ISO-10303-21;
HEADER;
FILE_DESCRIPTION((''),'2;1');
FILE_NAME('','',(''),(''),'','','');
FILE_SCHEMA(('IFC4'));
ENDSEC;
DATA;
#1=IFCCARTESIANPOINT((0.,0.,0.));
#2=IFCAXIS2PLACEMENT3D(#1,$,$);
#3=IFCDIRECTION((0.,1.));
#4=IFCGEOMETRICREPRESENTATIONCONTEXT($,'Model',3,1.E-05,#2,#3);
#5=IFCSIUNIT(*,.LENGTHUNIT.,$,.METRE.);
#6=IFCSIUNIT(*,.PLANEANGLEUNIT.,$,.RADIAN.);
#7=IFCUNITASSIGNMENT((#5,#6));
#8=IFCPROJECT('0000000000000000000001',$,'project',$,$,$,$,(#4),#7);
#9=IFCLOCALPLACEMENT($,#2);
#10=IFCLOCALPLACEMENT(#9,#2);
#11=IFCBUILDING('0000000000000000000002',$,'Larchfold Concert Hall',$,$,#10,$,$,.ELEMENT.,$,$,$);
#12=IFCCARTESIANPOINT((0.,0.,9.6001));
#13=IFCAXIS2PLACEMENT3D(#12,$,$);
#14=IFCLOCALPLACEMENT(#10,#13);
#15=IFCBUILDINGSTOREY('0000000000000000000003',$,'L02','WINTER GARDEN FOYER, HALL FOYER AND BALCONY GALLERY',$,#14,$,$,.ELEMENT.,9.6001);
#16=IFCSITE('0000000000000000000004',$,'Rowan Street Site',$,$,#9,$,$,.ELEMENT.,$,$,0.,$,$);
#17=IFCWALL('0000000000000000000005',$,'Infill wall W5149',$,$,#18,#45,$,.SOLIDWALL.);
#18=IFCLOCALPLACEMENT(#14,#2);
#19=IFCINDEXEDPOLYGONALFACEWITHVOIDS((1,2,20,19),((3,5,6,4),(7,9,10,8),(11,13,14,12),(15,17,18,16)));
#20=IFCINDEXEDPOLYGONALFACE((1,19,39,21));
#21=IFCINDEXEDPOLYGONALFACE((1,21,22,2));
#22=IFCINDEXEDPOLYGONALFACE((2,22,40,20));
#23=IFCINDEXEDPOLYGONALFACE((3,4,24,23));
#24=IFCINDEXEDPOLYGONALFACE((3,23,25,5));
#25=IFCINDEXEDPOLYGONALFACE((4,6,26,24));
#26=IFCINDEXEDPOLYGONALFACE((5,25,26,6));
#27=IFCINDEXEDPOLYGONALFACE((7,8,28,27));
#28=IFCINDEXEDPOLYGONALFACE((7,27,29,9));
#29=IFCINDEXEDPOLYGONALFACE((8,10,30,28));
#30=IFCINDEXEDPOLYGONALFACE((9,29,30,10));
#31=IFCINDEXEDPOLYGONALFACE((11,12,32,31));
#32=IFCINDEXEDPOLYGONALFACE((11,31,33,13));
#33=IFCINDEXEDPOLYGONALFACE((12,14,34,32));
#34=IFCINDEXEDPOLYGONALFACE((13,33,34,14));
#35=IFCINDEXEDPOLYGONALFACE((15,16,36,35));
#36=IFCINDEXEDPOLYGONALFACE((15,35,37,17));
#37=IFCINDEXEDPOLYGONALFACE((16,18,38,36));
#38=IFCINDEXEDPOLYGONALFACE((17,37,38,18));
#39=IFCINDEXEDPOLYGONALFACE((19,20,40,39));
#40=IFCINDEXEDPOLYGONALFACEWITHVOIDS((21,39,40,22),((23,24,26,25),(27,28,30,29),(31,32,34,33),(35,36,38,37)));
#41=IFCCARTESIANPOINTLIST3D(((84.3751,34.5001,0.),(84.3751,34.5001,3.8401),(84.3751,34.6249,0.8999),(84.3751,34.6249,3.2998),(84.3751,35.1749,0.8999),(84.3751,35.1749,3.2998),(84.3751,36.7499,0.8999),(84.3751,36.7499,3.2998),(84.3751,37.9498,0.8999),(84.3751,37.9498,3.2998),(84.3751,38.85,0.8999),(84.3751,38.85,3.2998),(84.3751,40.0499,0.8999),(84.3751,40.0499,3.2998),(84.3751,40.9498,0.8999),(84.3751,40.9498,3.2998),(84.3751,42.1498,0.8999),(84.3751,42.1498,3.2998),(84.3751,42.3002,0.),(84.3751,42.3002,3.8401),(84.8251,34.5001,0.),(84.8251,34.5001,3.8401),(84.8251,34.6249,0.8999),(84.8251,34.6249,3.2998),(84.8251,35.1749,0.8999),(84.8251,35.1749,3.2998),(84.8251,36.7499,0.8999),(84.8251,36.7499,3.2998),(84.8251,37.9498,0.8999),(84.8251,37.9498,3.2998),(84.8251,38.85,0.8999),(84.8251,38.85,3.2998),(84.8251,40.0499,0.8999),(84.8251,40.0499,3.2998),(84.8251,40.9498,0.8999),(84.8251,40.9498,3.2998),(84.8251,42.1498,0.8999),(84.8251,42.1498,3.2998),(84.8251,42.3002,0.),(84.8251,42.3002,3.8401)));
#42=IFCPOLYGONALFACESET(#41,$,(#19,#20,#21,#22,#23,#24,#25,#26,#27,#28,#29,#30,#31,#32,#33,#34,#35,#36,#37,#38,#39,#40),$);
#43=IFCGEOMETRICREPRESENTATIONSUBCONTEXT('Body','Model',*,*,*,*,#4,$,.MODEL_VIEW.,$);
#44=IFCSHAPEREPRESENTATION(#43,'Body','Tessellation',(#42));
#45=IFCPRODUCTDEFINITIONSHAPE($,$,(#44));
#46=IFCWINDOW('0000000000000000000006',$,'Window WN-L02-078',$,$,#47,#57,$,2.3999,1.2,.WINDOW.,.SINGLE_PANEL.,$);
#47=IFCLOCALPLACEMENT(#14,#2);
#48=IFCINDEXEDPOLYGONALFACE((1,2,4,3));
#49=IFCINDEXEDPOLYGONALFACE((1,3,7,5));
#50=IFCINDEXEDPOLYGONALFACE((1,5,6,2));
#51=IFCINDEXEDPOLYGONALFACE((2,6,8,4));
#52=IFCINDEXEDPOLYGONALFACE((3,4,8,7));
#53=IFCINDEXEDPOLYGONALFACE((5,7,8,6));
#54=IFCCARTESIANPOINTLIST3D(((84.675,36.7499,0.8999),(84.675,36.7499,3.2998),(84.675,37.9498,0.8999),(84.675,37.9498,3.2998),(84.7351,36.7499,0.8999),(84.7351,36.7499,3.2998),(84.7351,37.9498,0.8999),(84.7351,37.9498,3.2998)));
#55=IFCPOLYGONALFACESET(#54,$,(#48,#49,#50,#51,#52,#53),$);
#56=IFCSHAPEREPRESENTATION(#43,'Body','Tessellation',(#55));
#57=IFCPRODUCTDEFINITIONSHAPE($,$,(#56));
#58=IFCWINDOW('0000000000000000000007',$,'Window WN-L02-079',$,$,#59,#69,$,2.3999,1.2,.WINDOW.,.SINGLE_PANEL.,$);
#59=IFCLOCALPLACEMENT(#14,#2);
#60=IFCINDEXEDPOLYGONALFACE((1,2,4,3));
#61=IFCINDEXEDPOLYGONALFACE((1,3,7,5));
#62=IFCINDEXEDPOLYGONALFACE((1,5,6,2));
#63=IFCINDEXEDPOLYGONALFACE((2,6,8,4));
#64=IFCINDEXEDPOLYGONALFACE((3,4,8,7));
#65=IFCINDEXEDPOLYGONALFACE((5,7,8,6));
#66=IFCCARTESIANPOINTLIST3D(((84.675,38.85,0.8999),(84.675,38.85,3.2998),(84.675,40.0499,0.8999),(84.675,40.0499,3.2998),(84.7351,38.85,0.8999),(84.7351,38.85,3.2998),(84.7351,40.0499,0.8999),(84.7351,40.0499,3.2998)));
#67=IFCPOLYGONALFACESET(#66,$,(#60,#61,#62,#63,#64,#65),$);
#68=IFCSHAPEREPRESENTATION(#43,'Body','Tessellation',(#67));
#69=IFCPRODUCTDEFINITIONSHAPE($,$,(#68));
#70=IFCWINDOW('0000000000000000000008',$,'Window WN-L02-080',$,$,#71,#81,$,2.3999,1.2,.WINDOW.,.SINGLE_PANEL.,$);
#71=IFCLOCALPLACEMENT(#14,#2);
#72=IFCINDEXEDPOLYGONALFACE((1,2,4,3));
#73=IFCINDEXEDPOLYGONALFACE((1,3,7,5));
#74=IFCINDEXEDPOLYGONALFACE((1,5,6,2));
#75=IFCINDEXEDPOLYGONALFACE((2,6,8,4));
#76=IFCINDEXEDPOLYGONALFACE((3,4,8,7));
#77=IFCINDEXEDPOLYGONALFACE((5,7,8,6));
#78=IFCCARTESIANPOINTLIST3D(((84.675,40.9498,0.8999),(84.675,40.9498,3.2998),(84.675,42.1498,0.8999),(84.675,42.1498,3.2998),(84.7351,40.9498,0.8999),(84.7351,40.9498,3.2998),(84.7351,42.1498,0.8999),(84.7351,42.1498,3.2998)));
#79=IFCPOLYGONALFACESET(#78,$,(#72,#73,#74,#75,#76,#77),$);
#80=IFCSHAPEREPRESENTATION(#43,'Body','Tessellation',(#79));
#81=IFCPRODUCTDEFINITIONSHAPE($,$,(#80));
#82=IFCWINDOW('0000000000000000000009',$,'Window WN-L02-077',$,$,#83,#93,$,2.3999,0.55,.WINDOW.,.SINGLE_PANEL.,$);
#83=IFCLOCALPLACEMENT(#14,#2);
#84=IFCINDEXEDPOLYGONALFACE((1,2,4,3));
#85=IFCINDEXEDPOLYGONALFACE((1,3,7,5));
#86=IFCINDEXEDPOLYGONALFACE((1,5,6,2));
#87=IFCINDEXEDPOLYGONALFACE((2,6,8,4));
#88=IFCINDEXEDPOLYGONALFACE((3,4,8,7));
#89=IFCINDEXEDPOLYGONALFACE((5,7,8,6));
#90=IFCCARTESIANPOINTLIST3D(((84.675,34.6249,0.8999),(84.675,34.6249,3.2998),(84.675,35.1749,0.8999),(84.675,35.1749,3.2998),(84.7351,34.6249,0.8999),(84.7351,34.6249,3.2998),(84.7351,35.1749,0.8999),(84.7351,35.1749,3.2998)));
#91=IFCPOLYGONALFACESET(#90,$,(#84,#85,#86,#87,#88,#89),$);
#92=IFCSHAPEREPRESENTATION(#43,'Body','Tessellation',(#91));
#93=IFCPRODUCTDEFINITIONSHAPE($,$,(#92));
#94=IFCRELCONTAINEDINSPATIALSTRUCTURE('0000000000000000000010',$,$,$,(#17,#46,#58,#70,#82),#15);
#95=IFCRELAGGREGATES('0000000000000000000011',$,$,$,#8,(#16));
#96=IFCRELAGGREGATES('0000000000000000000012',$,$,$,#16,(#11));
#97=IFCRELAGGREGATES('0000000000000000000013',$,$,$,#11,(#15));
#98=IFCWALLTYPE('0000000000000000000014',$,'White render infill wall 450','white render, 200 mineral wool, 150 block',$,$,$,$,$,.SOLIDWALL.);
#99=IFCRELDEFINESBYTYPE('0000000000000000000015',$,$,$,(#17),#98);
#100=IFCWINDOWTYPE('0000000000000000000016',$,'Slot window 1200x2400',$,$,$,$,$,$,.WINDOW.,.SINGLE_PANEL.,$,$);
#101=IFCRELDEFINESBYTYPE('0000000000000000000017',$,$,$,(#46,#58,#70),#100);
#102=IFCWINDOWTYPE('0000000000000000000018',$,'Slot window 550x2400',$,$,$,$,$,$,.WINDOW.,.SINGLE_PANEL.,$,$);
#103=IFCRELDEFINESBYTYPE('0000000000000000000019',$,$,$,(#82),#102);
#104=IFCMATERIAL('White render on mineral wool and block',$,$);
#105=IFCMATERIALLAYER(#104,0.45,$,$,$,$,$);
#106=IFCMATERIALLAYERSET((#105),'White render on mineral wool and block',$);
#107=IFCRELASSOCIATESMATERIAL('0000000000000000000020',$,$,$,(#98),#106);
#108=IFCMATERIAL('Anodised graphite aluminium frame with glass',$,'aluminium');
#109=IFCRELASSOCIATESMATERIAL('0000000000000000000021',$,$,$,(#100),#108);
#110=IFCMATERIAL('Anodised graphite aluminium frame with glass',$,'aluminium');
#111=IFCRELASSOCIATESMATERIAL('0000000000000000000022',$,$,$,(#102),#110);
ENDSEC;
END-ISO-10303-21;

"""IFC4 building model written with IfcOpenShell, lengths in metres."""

from ifc_helpers import new_model, si_unit, direction, frame, frame_2d, origin, place, context, subcontext, project, spatial, rectangle, extrude, material, layer, layer_set, type_object, element, fill, save


model = new_model("IFC4")

# Units and contexts
model_context = context("Model", 3, precision=1e-05, world=origin(), true_north=direction((0.0, 1.0)))
body_context = subcontext(model_context, "Body", "Model", "MODEL_VIEW")
ifc_project = project(units=[si_unit("LENGTHUNIT", "METRE"), si_unit("PLANEANGLEUNIT", "RADIAN")], contexts=[model_context])

# Site, building, storey
site_placement = place(None, origin())
site = spatial("IfcSite", under=ifc_project, at=site_placement, Name="Rowan Street Site", CompositionType="ELEMENT", RefElevation=0.0)
building_placement = place(site_placement, origin())
building = spatial("IfcBuilding", under=site, at=building_placement, Name="Larchfold Concert Hall", CompositionType="ELEMENT")
storey_placement = place(building_placement, frame((0.0, 0.0, 9.6001)))
storey = spatial("IfcBuildingStorey", under=building, at=storey_placement, Name="L02", Description="WINTER GARDEN FOYER, HALL FOYER AND BALCONY GALLERY", CompositionType="ELEMENT", Elevation=9.6001)

# Wall, openings, windows
ifc_material_1 = material(Name="White render on mineral wool and block")
ifc_layer_1 = layer(ifc_material_1, 0.45)
ifc_layer_set_1 = layer_set([ifc_layer_1], Name="White render on mineral wool and block")
wall_type_1 = type_object("IfcWallType", Name="White render infill wall 450", Description="white render, 200 mineral wool, 150 block", PredefinedType="SOLIDWALL", material=ifc_layer_set_1)
wall_1_placement = place(storey_placement, frame((84.6001, 42.3, 0.0), z_axis=(0.0, 0.0, 1.0), x_axis=(0.0, -1.0, 0.0)))
wall_1 = element("IfcWall", 1, at=wall_1_placement, inside=storey, type_object=wall_type_1, Name="Infill wall W5149", PredefinedType="SOLIDWALL", context=body_context, shape_type="SweptSolid", body=[
    extrude(rectangle(XDim=7.8, YDim=0.45, at=frame_2d((3.8999, 0.0))), origin(), (0.0, 0.0, 1.0), 3.8401),
])
opening_1_placement = place(wall_1_placement, frame((7.1252, 0.0, 0.8999)))
opening_1 = element("IfcOpeningElement", 2, at=opening_1_placement, cuts=wall_1, PredefinedType="OPENING", context=body_context, shape_type="SweptSolid", body=[
    extrude(rectangle(XDim=0.55, YDim=2.3999, at=frame_2d((0.2749, 1.2))), frame((0.0, 0.2349, 0.0), z_axis=(0.0, -1.0, 0.0), x_axis=(1.0, 0.0, 0.0)), (0.0, 0.0, 1.0), 0.47),
])
opening_2_placement = place(wall_1_placement, frame((4.3501, 0.0, 0.8999)))
opening_2 = element("IfcOpeningElement", 3, at=opening_2_placement, cuts=wall_1, PredefinedType="OPENING", context=body_context, shape_type="SweptSolid", body=[
    extrude(rectangle(XDim=1.2, YDim=2.3999, at=frame_2d((0.6001, 1.2))), frame((0.0, 0.2349, 0.0), z_axis=(0.0, -1.0, 0.0), x_axis=(1.0, 0.0, 0.0)), (0.0, 0.0, 1.0), 0.47),
])
opening_3_placement = place(wall_1_placement, frame((2.25, 0.0, 0.8999)))
opening_3 = element("IfcOpeningElement", 4, at=opening_3_placement, cuts=wall_1, PredefinedType="OPENING", context=body_context, shape_type="SweptSolid", body=[
    extrude(rectangle(XDim=1.2, YDim=2.3999, at=frame_2d((0.6001, 1.2))), frame((0.0, 0.2349, 0.0), z_axis=(0.0, -1.0, 0.0), x_axis=(1.0, 0.0, 0.0)), (0.0, 0.0, 1.0), 0.47),
])
opening_4_placement = place(wall_1_placement, frame((0.1501, 0.0, 0.8999)))
opening_4 = element("IfcOpeningElement", 5, at=opening_4_placement, cuts=wall_1, PredefinedType="OPENING", context=body_context, shape_type="SweptSolid", body=[
    extrude(rectangle(XDim=1.2, YDim=2.3999, at=frame_2d((0.6001, 1.2))), frame((0.0, 0.2349, 0.0), z_axis=(0.0, -1.0, 0.0), x_axis=(1.0, 0.0, 0.0)), (0.0, 0.0, 1.0), 0.47),
])
ifc_material_2 = material(Name="Anodised graphite aluminium frame with glass", Category="aluminium")
window_type_1 = type_object("IfcWindowType", Name="Slot window 1200x2400", PartitioningType="SINGLE_PANEL", PredefinedType="WINDOW", material=ifc_material_2)
window_1_placement = place(opening_2_placement, origin())
window_1 = element("IfcWindow", 6, at=window_1_placement, inside=storey, type_object=window_type_1, Name="Window WN-L02-078", OverallHeight=2.3999, OverallWidth=1.2, PartitioningType="SINGLE_PANEL", PredefinedType="WINDOW", context=body_context, shape_type="SweptSolid", body=[
    extrude(rectangle(XDim=1.2, YDim=2.3999, at=frame_2d((0.6001, 1.2))), frame((0.0, 0.135, 0.0), z_axis=(0.0, -1.0, 0.0), x_axis=(1.0, 0.0, 0.0)), (0.0, 0.0, 1.0), 0.0601),
])
fill(opening_2, window_1)
window_2_placement = place(opening_3_placement, origin())
window_2 = element("IfcWindow", 7, at=window_2_placement, inside=storey, type_object=window_type_1, Name="Window WN-L02-079", OverallHeight=2.3999, OverallWidth=1.2, PartitioningType="SINGLE_PANEL", PredefinedType="WINDOW", context=body_context, shape_type="SweptSolid", body=[
    extrude(rectangle(XDim=1.2, YDim=2.3999, at=frame_2d((0.6001, 1.2))), frame((0.0, 0.135, 0.0), z_axis=(0.0, -1.0, 0.0), x_axis=(1.0, 0.0, 0.0)), (0.0, 0.0, 1.0), 0.0601),
])
fill(opening_3, window_2)
window_3_placement = place(opening_4_placement, origin())
window_3 = element("IfcWindow", 8, at=window_3_placement, inside=storey, type_object=window_type_1, Name="Window WN-L02-080", OverallHeight=2.3999, OverallWidth=1.2, PartitioningType="SINGLE_PANEL", PredefinedType="WINDOW", context=body_context, shape_type="SweptSolid", body=[
    extrude(rectangle(XDim=1.2, YDim=2.3999, at=frame_2d((0.6001, 1.2))), frame((0.0, 0.135, 0.0), z_axis=(0.0, -1.0, 0.0), x_axis=(1.0, 0.0, 0.0)), (0.0, 0.0, 1.0), 0.0601),
])
fill(opening_4, window_3)
ifc_material_3 = material(Name="Anodised graphite aluminium frame with glass", Category="aluminium")
window_type_2 = type_object("IfcWindowType", Name="Slot window 550x2400", PartitioningType="SINGLE_PANEL", PredefinedType="WINDOW", material=ifc_material_3)
window_4_placement = place(opening_1_placement, origin())
window_4 = element("IfcWindow", 9, at=window_4_placement, inside=storey, type_object=window_type_2, Name="Window WN-L02-077", OverallHeight=2.3999, OverallWidth=0.55, PartitioningType="SINGLE_PANEL", PredefinedType="WINDOW", context=body_context, shape_type="SweptSolid", body=[
    extrude(rectangle(XDim=0.55, YDim=2.3999, at=frame_2d((0.2749, 1.2))), frame((0.0, 0.135, 0.0), z_axis=(0.0, -1.0, 0.0), x_axis=(1.0, 0.0, 0.0)), (0.0, 0.0, 1.0), 0.0601),
])
fill(opening_1, window_4)

save(model, "model.ifc")
